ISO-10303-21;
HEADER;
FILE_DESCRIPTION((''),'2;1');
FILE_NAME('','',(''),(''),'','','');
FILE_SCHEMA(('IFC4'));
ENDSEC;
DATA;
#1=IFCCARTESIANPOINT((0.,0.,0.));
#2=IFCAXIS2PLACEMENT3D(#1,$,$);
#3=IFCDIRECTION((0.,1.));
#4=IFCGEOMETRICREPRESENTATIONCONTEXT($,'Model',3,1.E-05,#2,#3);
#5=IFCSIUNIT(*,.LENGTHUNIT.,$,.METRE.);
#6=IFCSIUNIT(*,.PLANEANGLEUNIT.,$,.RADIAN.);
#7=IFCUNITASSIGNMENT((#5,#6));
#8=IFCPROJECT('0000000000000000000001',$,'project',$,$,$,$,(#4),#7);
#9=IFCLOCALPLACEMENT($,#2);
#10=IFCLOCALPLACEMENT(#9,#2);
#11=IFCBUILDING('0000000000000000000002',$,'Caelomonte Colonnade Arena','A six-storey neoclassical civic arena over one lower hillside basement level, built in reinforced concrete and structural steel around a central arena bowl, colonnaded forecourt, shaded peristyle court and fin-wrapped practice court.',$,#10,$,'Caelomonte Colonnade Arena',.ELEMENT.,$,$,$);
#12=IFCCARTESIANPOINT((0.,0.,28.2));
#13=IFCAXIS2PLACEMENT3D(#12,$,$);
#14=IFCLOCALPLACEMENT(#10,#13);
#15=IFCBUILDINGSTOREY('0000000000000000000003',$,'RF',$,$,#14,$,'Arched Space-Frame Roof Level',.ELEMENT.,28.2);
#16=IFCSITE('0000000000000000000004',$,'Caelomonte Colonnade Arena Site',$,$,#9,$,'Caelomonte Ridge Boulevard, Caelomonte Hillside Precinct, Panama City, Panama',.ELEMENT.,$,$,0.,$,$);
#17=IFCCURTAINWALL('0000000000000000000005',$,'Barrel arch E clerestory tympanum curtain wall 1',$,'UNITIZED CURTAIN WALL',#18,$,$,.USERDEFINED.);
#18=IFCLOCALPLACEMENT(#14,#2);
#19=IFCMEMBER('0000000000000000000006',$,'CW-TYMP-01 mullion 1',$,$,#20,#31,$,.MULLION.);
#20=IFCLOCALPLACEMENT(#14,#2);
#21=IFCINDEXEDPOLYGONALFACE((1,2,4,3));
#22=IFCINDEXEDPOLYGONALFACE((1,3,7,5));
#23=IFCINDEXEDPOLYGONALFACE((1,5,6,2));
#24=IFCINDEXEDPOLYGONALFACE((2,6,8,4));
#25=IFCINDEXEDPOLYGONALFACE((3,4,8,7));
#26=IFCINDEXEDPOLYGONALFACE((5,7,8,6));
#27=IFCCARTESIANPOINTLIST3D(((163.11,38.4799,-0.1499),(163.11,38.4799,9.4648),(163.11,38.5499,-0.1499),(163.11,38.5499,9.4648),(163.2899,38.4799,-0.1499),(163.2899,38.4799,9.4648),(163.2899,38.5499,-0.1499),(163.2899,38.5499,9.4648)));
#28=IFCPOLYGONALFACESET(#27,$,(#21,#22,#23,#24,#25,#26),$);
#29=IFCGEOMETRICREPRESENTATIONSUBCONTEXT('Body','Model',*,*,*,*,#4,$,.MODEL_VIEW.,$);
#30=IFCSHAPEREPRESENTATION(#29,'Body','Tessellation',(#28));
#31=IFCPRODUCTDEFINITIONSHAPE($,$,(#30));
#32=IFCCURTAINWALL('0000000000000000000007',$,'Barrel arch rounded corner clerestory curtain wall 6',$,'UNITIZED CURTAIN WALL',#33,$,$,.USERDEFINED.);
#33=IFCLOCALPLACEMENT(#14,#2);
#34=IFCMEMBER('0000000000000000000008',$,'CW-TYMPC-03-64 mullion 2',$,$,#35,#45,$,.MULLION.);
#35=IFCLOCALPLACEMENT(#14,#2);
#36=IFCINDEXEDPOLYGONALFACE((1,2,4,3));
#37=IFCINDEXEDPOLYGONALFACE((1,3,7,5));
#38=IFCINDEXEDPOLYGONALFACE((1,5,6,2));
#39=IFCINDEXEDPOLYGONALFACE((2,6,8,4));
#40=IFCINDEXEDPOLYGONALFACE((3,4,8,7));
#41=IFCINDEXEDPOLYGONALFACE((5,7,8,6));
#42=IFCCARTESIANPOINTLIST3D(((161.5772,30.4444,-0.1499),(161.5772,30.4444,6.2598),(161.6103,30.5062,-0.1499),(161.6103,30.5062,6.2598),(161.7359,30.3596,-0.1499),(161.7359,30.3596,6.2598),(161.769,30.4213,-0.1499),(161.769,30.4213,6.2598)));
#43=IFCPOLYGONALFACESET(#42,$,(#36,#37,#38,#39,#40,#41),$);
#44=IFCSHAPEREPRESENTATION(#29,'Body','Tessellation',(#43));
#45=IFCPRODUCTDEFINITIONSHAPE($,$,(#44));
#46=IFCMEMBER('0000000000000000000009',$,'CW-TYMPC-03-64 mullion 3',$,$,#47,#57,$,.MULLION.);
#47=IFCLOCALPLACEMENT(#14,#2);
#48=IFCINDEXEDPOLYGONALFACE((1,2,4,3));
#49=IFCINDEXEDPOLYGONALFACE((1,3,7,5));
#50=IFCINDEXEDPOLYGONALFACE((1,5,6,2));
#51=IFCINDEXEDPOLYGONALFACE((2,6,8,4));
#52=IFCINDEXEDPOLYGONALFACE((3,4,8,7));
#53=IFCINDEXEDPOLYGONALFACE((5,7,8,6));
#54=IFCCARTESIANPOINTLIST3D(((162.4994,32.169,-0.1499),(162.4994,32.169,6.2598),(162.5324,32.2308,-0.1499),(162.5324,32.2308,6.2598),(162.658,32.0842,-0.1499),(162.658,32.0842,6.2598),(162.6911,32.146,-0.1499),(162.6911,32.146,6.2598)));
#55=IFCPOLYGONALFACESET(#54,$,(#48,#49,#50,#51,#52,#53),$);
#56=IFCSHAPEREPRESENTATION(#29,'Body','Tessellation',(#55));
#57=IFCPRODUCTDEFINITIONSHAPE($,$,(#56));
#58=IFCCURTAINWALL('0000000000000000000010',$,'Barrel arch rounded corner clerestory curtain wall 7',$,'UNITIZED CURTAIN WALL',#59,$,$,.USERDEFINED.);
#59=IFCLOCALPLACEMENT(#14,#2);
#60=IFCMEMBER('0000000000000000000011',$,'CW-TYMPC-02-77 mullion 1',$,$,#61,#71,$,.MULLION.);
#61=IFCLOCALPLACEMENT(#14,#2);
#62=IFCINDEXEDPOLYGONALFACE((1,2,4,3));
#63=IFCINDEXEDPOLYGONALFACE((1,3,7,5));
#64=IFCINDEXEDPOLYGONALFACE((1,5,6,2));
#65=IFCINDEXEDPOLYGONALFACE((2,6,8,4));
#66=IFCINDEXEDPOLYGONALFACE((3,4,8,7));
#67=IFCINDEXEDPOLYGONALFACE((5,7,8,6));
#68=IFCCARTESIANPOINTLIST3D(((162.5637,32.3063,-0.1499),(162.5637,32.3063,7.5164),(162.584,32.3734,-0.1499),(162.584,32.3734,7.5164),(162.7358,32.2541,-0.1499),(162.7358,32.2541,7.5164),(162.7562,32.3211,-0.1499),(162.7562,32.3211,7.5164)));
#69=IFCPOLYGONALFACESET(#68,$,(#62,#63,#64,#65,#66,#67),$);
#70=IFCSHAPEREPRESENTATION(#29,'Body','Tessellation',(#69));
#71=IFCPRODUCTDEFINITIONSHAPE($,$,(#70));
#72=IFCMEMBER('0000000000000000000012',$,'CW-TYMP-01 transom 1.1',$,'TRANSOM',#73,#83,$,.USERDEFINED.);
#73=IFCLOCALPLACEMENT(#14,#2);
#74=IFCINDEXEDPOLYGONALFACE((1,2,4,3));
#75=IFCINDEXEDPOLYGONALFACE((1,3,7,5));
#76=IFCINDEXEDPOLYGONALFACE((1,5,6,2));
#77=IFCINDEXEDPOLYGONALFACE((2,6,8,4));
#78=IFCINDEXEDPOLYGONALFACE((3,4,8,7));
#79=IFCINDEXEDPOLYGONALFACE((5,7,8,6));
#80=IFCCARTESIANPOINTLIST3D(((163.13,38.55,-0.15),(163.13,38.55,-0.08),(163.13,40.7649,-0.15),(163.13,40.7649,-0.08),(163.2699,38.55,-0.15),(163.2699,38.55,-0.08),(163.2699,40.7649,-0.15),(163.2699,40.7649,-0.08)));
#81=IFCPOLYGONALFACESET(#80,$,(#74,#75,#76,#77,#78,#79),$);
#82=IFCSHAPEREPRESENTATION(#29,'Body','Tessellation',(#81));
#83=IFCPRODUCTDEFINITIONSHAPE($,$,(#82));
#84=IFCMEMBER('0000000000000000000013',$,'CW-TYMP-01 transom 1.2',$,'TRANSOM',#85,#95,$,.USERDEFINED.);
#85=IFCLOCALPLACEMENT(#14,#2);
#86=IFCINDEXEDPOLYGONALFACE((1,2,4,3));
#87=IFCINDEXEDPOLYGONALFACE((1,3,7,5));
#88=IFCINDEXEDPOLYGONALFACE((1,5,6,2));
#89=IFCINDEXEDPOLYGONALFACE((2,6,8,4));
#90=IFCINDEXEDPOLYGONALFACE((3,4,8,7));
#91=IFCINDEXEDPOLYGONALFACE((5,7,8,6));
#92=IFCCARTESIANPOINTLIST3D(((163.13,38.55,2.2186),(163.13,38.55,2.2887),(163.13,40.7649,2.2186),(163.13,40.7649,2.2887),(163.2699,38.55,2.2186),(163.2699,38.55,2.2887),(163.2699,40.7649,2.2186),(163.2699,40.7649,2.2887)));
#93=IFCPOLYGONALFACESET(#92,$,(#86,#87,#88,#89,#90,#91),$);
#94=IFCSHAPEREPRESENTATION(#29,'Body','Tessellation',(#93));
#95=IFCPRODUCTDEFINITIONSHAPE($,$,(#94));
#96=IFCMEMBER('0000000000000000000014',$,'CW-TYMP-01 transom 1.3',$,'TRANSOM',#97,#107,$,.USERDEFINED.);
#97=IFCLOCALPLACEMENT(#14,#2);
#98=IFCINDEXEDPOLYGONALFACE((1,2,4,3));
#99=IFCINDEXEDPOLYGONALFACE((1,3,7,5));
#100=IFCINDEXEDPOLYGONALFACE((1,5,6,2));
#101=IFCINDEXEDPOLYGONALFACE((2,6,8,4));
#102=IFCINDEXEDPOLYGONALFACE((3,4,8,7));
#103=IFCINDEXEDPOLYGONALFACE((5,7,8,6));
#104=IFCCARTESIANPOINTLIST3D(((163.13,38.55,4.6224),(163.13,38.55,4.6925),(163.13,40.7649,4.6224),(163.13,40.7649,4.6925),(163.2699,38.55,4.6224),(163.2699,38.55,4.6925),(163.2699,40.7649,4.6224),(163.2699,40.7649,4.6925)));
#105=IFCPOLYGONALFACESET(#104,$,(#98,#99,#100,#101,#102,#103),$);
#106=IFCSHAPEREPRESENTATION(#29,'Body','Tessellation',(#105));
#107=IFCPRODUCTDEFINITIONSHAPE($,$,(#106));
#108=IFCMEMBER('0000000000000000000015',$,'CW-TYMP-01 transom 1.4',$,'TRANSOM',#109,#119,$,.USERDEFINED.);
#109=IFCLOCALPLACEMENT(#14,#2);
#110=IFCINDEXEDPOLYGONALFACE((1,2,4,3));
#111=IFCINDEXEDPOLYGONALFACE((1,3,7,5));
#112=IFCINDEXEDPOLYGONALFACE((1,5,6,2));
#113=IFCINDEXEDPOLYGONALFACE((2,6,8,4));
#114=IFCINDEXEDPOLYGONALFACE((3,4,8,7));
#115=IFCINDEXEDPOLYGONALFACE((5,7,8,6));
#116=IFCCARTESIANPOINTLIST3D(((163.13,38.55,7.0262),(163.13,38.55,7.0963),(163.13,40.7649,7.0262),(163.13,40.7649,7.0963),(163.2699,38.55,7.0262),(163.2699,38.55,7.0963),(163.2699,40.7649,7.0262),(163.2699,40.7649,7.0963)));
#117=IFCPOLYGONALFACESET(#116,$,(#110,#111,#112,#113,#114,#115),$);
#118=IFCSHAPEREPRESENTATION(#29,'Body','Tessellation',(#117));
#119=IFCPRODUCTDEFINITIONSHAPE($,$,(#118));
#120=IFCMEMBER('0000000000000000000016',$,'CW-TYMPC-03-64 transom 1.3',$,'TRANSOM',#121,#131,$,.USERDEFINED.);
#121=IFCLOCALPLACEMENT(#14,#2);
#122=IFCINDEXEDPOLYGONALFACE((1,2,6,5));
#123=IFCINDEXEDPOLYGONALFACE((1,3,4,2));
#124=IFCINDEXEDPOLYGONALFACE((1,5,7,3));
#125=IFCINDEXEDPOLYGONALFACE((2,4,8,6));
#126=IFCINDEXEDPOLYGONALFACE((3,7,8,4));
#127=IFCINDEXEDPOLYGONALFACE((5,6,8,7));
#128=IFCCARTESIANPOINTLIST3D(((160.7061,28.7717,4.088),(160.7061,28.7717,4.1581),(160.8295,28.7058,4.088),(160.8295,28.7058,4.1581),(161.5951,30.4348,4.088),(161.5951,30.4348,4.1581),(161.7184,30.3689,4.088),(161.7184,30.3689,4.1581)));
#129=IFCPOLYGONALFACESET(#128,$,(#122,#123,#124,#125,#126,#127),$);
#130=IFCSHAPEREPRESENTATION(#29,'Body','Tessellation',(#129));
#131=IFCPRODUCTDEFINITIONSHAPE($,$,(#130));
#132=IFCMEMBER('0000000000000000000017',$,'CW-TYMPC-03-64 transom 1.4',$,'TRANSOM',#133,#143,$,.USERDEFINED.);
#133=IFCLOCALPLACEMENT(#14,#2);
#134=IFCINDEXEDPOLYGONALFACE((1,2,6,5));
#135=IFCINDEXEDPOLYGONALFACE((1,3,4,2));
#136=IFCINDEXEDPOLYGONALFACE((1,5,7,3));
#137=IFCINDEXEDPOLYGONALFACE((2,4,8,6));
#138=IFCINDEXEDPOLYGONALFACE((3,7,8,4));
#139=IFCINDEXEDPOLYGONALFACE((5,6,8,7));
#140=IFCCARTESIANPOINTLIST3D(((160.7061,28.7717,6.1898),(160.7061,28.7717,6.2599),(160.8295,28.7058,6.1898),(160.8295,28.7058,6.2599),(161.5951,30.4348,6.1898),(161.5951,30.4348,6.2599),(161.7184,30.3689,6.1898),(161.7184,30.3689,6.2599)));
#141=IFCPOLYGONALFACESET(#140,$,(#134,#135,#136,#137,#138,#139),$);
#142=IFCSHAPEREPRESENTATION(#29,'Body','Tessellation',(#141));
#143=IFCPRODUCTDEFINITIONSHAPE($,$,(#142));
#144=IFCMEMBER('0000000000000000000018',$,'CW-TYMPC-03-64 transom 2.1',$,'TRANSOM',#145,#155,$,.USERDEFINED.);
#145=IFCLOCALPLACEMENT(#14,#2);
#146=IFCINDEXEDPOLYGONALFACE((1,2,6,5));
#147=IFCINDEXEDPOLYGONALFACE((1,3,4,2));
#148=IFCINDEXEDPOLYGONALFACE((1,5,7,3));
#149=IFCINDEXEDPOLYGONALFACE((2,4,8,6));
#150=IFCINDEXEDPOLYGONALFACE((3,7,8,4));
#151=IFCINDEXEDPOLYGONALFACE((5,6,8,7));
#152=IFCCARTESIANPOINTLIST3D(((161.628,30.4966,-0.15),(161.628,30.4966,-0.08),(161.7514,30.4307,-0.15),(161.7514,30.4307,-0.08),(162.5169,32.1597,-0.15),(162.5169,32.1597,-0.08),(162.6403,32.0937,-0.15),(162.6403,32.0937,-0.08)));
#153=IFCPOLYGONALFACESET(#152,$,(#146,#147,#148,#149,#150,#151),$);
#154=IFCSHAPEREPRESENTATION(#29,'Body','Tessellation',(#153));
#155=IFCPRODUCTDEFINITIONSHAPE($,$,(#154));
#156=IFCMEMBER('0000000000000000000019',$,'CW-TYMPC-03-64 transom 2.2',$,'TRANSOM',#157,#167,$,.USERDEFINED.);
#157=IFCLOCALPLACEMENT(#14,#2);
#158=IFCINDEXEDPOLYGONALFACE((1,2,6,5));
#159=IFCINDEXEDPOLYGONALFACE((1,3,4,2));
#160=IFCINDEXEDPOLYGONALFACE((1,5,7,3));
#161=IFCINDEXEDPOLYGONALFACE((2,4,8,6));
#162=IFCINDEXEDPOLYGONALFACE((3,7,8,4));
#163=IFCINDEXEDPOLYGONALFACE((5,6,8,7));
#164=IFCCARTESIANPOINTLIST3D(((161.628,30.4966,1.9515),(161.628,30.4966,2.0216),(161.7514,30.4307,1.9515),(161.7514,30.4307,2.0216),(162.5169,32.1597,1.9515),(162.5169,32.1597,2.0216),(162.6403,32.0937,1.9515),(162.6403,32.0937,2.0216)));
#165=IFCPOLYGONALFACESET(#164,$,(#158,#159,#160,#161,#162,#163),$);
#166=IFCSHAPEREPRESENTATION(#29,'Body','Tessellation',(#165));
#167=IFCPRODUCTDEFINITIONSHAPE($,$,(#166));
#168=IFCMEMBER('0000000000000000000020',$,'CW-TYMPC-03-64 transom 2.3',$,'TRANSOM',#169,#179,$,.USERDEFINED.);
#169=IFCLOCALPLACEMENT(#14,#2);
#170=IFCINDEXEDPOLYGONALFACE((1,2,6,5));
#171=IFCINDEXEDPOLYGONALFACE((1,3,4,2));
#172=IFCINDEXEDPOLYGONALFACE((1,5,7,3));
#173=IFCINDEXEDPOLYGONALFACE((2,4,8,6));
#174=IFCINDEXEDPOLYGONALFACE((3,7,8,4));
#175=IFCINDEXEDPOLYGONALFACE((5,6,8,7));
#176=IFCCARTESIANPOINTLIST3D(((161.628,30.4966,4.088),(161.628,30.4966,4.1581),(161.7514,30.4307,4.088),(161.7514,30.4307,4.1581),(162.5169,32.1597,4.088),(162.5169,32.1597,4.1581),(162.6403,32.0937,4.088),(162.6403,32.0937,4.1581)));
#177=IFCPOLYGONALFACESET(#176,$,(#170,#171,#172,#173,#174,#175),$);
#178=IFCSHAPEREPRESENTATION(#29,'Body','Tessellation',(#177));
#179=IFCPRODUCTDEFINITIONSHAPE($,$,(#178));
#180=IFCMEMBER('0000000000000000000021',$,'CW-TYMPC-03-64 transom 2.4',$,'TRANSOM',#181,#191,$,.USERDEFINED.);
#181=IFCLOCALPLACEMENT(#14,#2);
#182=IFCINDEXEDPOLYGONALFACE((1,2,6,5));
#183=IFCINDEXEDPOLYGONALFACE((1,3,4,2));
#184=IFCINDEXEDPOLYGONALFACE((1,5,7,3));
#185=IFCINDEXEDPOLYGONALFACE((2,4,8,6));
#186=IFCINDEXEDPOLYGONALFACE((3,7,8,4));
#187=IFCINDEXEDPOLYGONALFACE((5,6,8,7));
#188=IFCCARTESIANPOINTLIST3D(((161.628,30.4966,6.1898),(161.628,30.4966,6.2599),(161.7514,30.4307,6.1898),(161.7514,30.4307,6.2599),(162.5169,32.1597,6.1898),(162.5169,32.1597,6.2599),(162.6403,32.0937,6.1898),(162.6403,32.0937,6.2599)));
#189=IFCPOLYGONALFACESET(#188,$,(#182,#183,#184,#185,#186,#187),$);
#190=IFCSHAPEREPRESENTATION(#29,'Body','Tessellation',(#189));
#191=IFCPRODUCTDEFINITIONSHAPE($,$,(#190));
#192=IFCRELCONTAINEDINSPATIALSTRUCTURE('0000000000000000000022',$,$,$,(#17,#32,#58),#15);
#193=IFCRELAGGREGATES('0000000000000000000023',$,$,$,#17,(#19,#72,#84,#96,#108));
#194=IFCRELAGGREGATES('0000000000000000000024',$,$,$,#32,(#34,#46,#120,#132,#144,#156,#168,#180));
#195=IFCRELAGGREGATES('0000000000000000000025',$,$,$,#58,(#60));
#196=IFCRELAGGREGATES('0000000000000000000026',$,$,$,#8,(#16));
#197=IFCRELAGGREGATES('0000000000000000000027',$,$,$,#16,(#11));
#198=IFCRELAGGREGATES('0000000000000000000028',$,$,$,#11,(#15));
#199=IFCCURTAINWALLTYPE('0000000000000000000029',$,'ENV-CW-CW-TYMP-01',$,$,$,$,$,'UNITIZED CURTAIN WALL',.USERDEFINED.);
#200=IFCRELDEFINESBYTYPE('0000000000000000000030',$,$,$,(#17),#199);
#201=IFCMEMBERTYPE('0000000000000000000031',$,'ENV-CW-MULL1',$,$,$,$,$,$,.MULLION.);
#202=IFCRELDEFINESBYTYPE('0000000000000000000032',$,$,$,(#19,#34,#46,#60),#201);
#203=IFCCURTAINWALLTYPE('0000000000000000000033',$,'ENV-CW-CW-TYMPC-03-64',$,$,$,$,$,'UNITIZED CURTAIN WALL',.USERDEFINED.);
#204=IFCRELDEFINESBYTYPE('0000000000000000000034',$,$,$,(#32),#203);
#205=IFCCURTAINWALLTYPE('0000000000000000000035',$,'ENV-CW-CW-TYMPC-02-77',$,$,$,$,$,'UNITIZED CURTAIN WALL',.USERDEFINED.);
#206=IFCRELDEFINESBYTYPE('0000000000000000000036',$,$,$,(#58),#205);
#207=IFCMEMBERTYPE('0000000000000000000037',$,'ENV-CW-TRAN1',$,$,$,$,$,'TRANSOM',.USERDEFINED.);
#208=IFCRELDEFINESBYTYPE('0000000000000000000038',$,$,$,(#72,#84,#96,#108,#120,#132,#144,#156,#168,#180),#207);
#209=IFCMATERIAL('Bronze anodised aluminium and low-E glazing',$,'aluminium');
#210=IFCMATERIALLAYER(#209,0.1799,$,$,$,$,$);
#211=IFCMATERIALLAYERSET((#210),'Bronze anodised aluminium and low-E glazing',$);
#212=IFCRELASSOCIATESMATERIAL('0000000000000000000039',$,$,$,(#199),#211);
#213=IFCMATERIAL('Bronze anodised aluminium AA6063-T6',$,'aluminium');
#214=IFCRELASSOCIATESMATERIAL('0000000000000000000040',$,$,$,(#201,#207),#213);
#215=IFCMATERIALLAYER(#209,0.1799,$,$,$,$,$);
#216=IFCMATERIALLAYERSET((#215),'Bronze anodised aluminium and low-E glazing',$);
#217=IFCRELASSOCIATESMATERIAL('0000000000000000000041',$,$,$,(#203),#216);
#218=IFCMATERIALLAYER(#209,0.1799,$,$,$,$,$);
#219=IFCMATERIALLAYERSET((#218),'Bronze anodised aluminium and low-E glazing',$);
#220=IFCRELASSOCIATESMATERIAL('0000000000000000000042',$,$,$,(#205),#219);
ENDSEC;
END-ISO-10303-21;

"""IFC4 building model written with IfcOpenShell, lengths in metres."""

from ifc_helpers import new_model, si_unit, direction, frame, origin, origin_2d, place, context, subcontext, project, spatial, rectangle, extrude, material, layer, layer_set, material_profile, profile_set, type_object, element, aggregate, save


model = new_model("IFC4")

# Units and contexts
model_context = context("Model", 3, precision=1e-05, world=origin(), true_north=direction((0.0, 1.0)))
body_context = subcontext(model_context, "Body", "Model", "MODEL_VIEW")
ifc_project = project(units=[si_unit("LENGTHUNIT", "METRE"), si_unit("PLANEANGLEUNIT", "RADIAN")], contexts=[model_context])

# Site, building, storey
site_placement = place(None, origin())
site = spatial("IfcSite", under=ifc_project, at=site_placement, Name="Caelomonte Colonnade Arena Site", LongName="Caelomonte Ridge Boulevard, Caelomonte Hillside Precinct, Panama City, Panama", CompositionType="ELEMENT", RefElevation=0.0)
building_placement = place(site_placement, origin())
building = spatial("IfcBuilding", under=site, at=building_placement, Name="Caelomonte Colonnade Arena", Description="A six-storey neoclassical civic arena over one lower hillside basement level, built in reinforced concrete and structural steel around a central arena bowl, colonnaded forecourt, shaded peristyle court and fin-wrapped practice court.", LongName="Caelomonte Colonnade Arena", CompositionType="ELEMENT")
storey_placement = place(building_placement, frame((0.0, 0.0, 28.2)))
storey = spatial("IfcBuildingStorey", under=building, at=storey_placement, Name="RF", LongName="Arched Space-Frame Roof Level", CompositionType="ELEMENT", Elevation=28.2)

# Curtain wall, member
ifc_material_1 = material(Name="Bronze anodised aluminium and low-E glazing", Category="aluminium")
ifc_layer_1 = layer(ifc_material_1, 0.1799)
ifc_layer_set_1 = layer_set([ifc_layer_1], Name="Bronze anodised aluminium and low-E glazing")
curtain_wall_type_1 = type_object("IfcCurtainWallType", Name="ENV-CW-CW-TYMP-01", ElementType="UNITIZED CURTAIN WALL", PredefinedType="USERDEFINED", material=ifc_layer_set_1)
curtain_wall_1_placement = place(storey_placement, origin())
curtain_wall_1 = element("IfcCurtainWall", 1, at=curtain_wall_1_placement, inside=storey, type_object=curtain_wall_type_1, Name="Barrel arch E clerestory tympanum curtain wall 1", ObjectType="UNITIZED CURTAIN WALL", PredefinedType="USERDEFINED")
ifc_material_2 = material(Name="Bronze anodised aluminium AA6063-T6", Category="aluminium")
ifc_material_profile_1 = material_profile(ifc_material_2, rectangle(XDim=0.0701, YDim=0.1799, at=origin_2d()), Name="CWM-70X180")
ifc_profile_set_1 = profile_set([ifc_material_profile_1], Name="Bronze anodised aluminium AA6063-T6")
member_type_1 = type_object("IfcMemberType", Name="ENV-CW-MULL1", PredefinedType="MULLION", material=ifc_profile_set_1)
member_1_placement = place(storey_placement, frame((163.2, 38.5149, -0.1499), z_axis=(0.0, 0.0, 1.0), x_axis=(0.0, 1.0, 0.0)))
member_1 = element("IfcMember", 2, at=member_1_placement, type_object=member_type_1, Name="CW-TYMP-01 mullion 1", PredefinedType="MULLION", context=body_context, shape_type="SweptSolid", body=[
    extrude(rectangle(XDim=0.0701, YDim=0.1799, at=origin_2d()), origin(), (0.0, 0.0, 1.0), 9.6147),
])

# Curtain wall, members
ifc_layer_2 = layer(ifc_material_1, 0.1799)
ifc_layer_set_2 = layer_set([ifc_layer_2], Name="Bronze anodised aluminium and low-E glazing")
curtain_wall_type_2 = type_object("IfcCurtainWallType", Name="ENV-CW-CW-TYMPC-03-64", ElementType="UNITIZED CURTAIN WALL", PredefinedType="USERDEFINED", material=ifc_layer_set_2)
curtain_wall_2_placement = place(storey_placement, origin())
curtain_wall_2 = element("IfcCurtainWall", 3, at=curtain_wall_2_placement, inside=storey, type_object=curtain_wall_type_2, Name="Barrel arch rounded corner clerestory curtain wall 6", ObjectType="UNITIZED CURTAIN WALL", PredefinedType="USERDEFINED")
member_2_placement = place(storey_placement, frame((161.6731, 30.4329, -0.1499), z_axis=(0.0, 0.0, 1.0), x_axis=(0.471391, 0.881924, 0.0)))
member_2 = element("IfcMember", 4, at=member_2_placement, type_object=member_type_1, Name="CW-TYMPC-03-64 mullion 2", PredefinedType="MULLION", context=body_context, shape_type="SweptSolid", body=[
    extrude(rectangle(XDim=0.0701, YDim=0.1799, at=origin_2d()), origin(), (0.0, 0.0, 1.0), 6.4097),
])
member_3_placement = place(storey_placement, frame((162.5952, 32.1575, -0.1499), z_axis=(0.0, 0.0, 1.0), x_axis=(0.471391, 0.881924, 0.0)))
member_3 = element("IfcMember", 5, at=member_3_placement, type_object=member_type_1, Name="CW-TYMPC-03-64 mullion 3", PredefinedType="MULLION", context=body_context, shape_type="SweptSolid", body=[
    extrude(rectangle(XDim=0.0701, YDim=0.1799, at=origin_2d()), origin(), (0.0, 0.0, 1.0), 6.4097),
])

# Curtain wall, member
ifc_layer_3 = layer(ifc_material_1, 0.1799)
ifc_layer_set_3 = layer_set([ifc_layer_3], Name="Bronze anodised aluminium and low-E glazing")
curtain_wall_type_3 = type_object("IfcCurtainWallType", Name="ENV-CW-CW-TYMPC-02-77", ElementType="UNITIZED CURTAIN WALL", PredefinedType="USERDEFINED", material=ifc_layer_set_3)
curtain_wall_3_placement = place(storey_placement, origin())
curtain_wall_3 = element("IfcCurtainWall", 6, at=curtain_wall_3_placement, inside=storey, type_object=curtain_wall_type_3, Name="Barrel arch rounded corner clerestory curtain wall 7", ObjectType="UNITIZED CURTAIN WALL", PredefinedType="USERDEFINED")
member_4_placement = place(storey_placement, frame((162.6599, 32.3137, -0.1499), z_axis=(0.0, 0.0, 1.0), x_axis=(0.290266, 0.956946, 0.0)))
member_4 = element("IfcMember", 7, at=member_4_placement, type_object=member_type_1, Name="CW-TYMPC-02-77 mullion 1", PredefinedType="MULLION", context=body_context, shape_type="SweptSolid", body=[
    extrude(rectangle(XDim=0.0701, YDim=0.1799, at=origin_2d()), origin(), (0.0, 0.0, 1.0), 7.6663),
])

# Members
ifc_material_profile_2 = material_profile(ifc_material_2, rectangle(XDim=0.0701, YDim=0.1399, at=origin_2d()), Name="CWT-70X140")
ifc_profile_set_2 = profile_set([ifc_material_profile_2], Name="Bronze anodised aluminium AA6063-T6")
member_type_2 = type_object("IfcMemberType", Name="ENV-CW-TRAN1", ElementType="TRANSOM", PredefinedType="USERDEFINED", material=ifc_profile_set_2)
member_5_placement = place(storey_placement, frame((163.2, 38.55, -0.115), z_axis=(0.0, 1.0, 0.0), x_axis=(0.0, 0.0, 1.0)))
member_5 = element("IfcMember", 8, at=member_5_placement, type_object=member_type_2, Name="CW-TYMP-01 transom 1.1", ObjectType="TRANSOM", PredefinedType="USERDEFINED", context=body_context, shape_type="SweptSolid", body=[
    extrude(rectangle(XDim=0.0701, YDim=0.1399, at=origin_2d()), origin(), (0.0, 0.0, 1.0), 2.2148),
])
member_6_placement = place(storey_placement, frame((163.2, 38.55, 2.2537), z_axis=(0.0, 1.0, 0.0), x_axis=(0.0, 0.0, 1.0)))
member_6 = element("IfcMember", 9, at=member_6_placement, type_object=member_type_2, Name="CW-TYMP-01 transom 1.2", ObjectType="TRANSOM", PredefinedType="USERDEFINED", context=body_context, shape_type="SweptSolid", body=[
    extrude(rectangle(XDim=0.0701, YDim=0.1399, at=origin_2d()), origin(), (0.0, 0.0, 1.0), 2.2148),
])
member_7_placement = place(storey_placement, frame((163.2, 38.55, 4.6575), z_axis=(0.0, 1.0, 0.0), x_axis=(0.0, 0.0, 1.0)))
member_7 = element("IfcMember", 10, at=member_7_placement, type_object=member_type_2, Name="CW-TYMP-01 transom 1.3", ObjectType="TRANSOM", PredefinedType="USERDEFINED", context=body_context, shape_type="SweptSolid", body=[
    extrude(rectangle(XDim=0.0701, YDim=0.1399, at=origin_2d()), origin(), (0.0, 0.0, 1.0), 2.2148),
])
member_8_placement = place(storey_placement, frame((163.2, 38.55, 7.0613), z_axis=(0.0, 1.0, 0.0), x_axis=(0.0, 0.0, 1.0)))
member_8 = element("IfcMember", 11, at=member_8_placement, type_object=member_type_2, Name="CW-TYMP-01 transom 1.4", ObjectType="TRANSOM", PredefinedType="USERDEFINED", context=body_context, shape_type="SweptSolid", body=[
    extrude(rectangle(XDim=0.0701, YDim=0.1399, at=origin_2d()), origin(), (0.0, 0.0, 1.0), 2.2148),
])
aggregate(curtain_wall_1, [member_1, member_5, member_6, member_7, member_8])
member_9_placement = place(storey_placement, frame((160.7678, 28.7388, 4.123), z_axis=(0.471388, 0.881926, 0.0), x_axis=(0.0, 0.0, 1.0)))
member_9 = element("IfcMember", 12, at=member_9_placement, type_object=member_type_2, Name="CW-TYMPC-03-64 transom 1.3", ObjectType="TRANSOM", PredefinedType="USERDEFINED", context=body_context, shape_type="SweptSolid", body=[
    extrude(rectangle(XDim=0.0701, YDim=0.1399, at=origin_2d()), origin(), (0.0, 0.0, 1.0), 1.8857),
])
member_10_placement = place(storey_placement, frame((160.7678, 28.7388, 6.2249), z_axis=(0.471388, 0.881926, 0.0), x_axis=(0.0, 0.0, 1.0)))
member_10 = element("IfcMember", 13, at=member_10_placement, type_object=member_type_2, Name="CW-TYMPC-03-64 transom 1.4", ObjectType="TRANSOM", PredefinedType="USERDEFINED", context=body_context, shape_type="SweptSolid", body=[
    extrude(rectangle(XDim=0.0701, YDim=0.1399, at=origin_2d()), origin(), (0.0, 0.0, 1.0), 1.8857),
])
member_11_placement = place(storey_placement, frame((161.6897, 30.4636, -0.115), z_axis=(0.471388, 0.881926, 0.0), x_axis=(0.0, 0.0, 1.0)))
member_11 = element("IfcMember", 14, at=member_11_placement, type_object=member_type_2, Name="CW-TYMPC-03-64 transom 2.1", ObjectType="TRANSOM", PredefinedType="USERDEFINED", context=body_context, shape_type="SweptSolid", body=[
    extrude(rectangle(XDim=0.0701, YDim=0.1399, at=origin_2d()), origin(), (0.0, 0.0, 1.0), 1.8857),
])
member_12_placement = place(storey_placement, frame((161.6897, 30.4636, 1.9866), z_axis=(0.471388, 0.881926, 0.0), x_axis=(0.0, 0.0, 1.0)))
member_12 = element("IfcMember", 15, at=member_12_placement, type_object=member_type_2, Name="CW-TYMPC-03-64 transom 2.2", ObjectType="TRANSOM", PredefinedType="USERDEFINED", context=body_context, shape_type="SweptSolid", body=[
    extrude(rectangle(XDim=0.0701, YDim=0.1399, at=origin_2d()), origin(), (0.0, 0.0, 1.0), 1.8857),
])
member_13_placement = place(storey_placement, frame((161.6897, 30.4636, 4.123), z_axis=(0.471388, 0.881926, 0.0), x_axis=(0.0, 0.0, 1.0)))
member_13 = element("IfcMember", 16, at=member_13_placement, type_object=member_type_2, Name="CW-TYMPC-03-64 transom 2.3", ObjectType="TRANSOM", PredefinedType="USERDEFINED", context=body_context, shape_type="SweptSolid", body=[
    extrude(rectangle(XDim=0.0701, YDim=0.1399, at=origin_2d()), origin(), (0.0, 0.0, 1.0), 1.8857),
])
member_14_placement = place(storey_placement, frame((161.6897, 30.4636, 6.2249), z_axis=(0.471388, 0.881926, 0.0), x_axis=(0.0, 0.0, 1.0)))
member_14 = element("IfcMember", 17, at=member_14_placement, type_object=member_type_2, Name="CW-TYMPC-03-64 transom 2.4", ObjectType="TRANSOM", PredefinedType="USERDEFINED", context=body_context, shape_type="SweptSolid", body=[
    extrude(rectangle(XDim=0.0701, YDim=0.1399, at=origin_2d()), origin(), (0.0, 0.0, 1.0), 1.8857),
])

aggregate(curtain_wall_2, [member_2, member_3, member_9, member_10, member_11, member_12, member_13, member_14])
aggregate(curtain_wall_3, [member_4])

save(model, "model.ifc")
